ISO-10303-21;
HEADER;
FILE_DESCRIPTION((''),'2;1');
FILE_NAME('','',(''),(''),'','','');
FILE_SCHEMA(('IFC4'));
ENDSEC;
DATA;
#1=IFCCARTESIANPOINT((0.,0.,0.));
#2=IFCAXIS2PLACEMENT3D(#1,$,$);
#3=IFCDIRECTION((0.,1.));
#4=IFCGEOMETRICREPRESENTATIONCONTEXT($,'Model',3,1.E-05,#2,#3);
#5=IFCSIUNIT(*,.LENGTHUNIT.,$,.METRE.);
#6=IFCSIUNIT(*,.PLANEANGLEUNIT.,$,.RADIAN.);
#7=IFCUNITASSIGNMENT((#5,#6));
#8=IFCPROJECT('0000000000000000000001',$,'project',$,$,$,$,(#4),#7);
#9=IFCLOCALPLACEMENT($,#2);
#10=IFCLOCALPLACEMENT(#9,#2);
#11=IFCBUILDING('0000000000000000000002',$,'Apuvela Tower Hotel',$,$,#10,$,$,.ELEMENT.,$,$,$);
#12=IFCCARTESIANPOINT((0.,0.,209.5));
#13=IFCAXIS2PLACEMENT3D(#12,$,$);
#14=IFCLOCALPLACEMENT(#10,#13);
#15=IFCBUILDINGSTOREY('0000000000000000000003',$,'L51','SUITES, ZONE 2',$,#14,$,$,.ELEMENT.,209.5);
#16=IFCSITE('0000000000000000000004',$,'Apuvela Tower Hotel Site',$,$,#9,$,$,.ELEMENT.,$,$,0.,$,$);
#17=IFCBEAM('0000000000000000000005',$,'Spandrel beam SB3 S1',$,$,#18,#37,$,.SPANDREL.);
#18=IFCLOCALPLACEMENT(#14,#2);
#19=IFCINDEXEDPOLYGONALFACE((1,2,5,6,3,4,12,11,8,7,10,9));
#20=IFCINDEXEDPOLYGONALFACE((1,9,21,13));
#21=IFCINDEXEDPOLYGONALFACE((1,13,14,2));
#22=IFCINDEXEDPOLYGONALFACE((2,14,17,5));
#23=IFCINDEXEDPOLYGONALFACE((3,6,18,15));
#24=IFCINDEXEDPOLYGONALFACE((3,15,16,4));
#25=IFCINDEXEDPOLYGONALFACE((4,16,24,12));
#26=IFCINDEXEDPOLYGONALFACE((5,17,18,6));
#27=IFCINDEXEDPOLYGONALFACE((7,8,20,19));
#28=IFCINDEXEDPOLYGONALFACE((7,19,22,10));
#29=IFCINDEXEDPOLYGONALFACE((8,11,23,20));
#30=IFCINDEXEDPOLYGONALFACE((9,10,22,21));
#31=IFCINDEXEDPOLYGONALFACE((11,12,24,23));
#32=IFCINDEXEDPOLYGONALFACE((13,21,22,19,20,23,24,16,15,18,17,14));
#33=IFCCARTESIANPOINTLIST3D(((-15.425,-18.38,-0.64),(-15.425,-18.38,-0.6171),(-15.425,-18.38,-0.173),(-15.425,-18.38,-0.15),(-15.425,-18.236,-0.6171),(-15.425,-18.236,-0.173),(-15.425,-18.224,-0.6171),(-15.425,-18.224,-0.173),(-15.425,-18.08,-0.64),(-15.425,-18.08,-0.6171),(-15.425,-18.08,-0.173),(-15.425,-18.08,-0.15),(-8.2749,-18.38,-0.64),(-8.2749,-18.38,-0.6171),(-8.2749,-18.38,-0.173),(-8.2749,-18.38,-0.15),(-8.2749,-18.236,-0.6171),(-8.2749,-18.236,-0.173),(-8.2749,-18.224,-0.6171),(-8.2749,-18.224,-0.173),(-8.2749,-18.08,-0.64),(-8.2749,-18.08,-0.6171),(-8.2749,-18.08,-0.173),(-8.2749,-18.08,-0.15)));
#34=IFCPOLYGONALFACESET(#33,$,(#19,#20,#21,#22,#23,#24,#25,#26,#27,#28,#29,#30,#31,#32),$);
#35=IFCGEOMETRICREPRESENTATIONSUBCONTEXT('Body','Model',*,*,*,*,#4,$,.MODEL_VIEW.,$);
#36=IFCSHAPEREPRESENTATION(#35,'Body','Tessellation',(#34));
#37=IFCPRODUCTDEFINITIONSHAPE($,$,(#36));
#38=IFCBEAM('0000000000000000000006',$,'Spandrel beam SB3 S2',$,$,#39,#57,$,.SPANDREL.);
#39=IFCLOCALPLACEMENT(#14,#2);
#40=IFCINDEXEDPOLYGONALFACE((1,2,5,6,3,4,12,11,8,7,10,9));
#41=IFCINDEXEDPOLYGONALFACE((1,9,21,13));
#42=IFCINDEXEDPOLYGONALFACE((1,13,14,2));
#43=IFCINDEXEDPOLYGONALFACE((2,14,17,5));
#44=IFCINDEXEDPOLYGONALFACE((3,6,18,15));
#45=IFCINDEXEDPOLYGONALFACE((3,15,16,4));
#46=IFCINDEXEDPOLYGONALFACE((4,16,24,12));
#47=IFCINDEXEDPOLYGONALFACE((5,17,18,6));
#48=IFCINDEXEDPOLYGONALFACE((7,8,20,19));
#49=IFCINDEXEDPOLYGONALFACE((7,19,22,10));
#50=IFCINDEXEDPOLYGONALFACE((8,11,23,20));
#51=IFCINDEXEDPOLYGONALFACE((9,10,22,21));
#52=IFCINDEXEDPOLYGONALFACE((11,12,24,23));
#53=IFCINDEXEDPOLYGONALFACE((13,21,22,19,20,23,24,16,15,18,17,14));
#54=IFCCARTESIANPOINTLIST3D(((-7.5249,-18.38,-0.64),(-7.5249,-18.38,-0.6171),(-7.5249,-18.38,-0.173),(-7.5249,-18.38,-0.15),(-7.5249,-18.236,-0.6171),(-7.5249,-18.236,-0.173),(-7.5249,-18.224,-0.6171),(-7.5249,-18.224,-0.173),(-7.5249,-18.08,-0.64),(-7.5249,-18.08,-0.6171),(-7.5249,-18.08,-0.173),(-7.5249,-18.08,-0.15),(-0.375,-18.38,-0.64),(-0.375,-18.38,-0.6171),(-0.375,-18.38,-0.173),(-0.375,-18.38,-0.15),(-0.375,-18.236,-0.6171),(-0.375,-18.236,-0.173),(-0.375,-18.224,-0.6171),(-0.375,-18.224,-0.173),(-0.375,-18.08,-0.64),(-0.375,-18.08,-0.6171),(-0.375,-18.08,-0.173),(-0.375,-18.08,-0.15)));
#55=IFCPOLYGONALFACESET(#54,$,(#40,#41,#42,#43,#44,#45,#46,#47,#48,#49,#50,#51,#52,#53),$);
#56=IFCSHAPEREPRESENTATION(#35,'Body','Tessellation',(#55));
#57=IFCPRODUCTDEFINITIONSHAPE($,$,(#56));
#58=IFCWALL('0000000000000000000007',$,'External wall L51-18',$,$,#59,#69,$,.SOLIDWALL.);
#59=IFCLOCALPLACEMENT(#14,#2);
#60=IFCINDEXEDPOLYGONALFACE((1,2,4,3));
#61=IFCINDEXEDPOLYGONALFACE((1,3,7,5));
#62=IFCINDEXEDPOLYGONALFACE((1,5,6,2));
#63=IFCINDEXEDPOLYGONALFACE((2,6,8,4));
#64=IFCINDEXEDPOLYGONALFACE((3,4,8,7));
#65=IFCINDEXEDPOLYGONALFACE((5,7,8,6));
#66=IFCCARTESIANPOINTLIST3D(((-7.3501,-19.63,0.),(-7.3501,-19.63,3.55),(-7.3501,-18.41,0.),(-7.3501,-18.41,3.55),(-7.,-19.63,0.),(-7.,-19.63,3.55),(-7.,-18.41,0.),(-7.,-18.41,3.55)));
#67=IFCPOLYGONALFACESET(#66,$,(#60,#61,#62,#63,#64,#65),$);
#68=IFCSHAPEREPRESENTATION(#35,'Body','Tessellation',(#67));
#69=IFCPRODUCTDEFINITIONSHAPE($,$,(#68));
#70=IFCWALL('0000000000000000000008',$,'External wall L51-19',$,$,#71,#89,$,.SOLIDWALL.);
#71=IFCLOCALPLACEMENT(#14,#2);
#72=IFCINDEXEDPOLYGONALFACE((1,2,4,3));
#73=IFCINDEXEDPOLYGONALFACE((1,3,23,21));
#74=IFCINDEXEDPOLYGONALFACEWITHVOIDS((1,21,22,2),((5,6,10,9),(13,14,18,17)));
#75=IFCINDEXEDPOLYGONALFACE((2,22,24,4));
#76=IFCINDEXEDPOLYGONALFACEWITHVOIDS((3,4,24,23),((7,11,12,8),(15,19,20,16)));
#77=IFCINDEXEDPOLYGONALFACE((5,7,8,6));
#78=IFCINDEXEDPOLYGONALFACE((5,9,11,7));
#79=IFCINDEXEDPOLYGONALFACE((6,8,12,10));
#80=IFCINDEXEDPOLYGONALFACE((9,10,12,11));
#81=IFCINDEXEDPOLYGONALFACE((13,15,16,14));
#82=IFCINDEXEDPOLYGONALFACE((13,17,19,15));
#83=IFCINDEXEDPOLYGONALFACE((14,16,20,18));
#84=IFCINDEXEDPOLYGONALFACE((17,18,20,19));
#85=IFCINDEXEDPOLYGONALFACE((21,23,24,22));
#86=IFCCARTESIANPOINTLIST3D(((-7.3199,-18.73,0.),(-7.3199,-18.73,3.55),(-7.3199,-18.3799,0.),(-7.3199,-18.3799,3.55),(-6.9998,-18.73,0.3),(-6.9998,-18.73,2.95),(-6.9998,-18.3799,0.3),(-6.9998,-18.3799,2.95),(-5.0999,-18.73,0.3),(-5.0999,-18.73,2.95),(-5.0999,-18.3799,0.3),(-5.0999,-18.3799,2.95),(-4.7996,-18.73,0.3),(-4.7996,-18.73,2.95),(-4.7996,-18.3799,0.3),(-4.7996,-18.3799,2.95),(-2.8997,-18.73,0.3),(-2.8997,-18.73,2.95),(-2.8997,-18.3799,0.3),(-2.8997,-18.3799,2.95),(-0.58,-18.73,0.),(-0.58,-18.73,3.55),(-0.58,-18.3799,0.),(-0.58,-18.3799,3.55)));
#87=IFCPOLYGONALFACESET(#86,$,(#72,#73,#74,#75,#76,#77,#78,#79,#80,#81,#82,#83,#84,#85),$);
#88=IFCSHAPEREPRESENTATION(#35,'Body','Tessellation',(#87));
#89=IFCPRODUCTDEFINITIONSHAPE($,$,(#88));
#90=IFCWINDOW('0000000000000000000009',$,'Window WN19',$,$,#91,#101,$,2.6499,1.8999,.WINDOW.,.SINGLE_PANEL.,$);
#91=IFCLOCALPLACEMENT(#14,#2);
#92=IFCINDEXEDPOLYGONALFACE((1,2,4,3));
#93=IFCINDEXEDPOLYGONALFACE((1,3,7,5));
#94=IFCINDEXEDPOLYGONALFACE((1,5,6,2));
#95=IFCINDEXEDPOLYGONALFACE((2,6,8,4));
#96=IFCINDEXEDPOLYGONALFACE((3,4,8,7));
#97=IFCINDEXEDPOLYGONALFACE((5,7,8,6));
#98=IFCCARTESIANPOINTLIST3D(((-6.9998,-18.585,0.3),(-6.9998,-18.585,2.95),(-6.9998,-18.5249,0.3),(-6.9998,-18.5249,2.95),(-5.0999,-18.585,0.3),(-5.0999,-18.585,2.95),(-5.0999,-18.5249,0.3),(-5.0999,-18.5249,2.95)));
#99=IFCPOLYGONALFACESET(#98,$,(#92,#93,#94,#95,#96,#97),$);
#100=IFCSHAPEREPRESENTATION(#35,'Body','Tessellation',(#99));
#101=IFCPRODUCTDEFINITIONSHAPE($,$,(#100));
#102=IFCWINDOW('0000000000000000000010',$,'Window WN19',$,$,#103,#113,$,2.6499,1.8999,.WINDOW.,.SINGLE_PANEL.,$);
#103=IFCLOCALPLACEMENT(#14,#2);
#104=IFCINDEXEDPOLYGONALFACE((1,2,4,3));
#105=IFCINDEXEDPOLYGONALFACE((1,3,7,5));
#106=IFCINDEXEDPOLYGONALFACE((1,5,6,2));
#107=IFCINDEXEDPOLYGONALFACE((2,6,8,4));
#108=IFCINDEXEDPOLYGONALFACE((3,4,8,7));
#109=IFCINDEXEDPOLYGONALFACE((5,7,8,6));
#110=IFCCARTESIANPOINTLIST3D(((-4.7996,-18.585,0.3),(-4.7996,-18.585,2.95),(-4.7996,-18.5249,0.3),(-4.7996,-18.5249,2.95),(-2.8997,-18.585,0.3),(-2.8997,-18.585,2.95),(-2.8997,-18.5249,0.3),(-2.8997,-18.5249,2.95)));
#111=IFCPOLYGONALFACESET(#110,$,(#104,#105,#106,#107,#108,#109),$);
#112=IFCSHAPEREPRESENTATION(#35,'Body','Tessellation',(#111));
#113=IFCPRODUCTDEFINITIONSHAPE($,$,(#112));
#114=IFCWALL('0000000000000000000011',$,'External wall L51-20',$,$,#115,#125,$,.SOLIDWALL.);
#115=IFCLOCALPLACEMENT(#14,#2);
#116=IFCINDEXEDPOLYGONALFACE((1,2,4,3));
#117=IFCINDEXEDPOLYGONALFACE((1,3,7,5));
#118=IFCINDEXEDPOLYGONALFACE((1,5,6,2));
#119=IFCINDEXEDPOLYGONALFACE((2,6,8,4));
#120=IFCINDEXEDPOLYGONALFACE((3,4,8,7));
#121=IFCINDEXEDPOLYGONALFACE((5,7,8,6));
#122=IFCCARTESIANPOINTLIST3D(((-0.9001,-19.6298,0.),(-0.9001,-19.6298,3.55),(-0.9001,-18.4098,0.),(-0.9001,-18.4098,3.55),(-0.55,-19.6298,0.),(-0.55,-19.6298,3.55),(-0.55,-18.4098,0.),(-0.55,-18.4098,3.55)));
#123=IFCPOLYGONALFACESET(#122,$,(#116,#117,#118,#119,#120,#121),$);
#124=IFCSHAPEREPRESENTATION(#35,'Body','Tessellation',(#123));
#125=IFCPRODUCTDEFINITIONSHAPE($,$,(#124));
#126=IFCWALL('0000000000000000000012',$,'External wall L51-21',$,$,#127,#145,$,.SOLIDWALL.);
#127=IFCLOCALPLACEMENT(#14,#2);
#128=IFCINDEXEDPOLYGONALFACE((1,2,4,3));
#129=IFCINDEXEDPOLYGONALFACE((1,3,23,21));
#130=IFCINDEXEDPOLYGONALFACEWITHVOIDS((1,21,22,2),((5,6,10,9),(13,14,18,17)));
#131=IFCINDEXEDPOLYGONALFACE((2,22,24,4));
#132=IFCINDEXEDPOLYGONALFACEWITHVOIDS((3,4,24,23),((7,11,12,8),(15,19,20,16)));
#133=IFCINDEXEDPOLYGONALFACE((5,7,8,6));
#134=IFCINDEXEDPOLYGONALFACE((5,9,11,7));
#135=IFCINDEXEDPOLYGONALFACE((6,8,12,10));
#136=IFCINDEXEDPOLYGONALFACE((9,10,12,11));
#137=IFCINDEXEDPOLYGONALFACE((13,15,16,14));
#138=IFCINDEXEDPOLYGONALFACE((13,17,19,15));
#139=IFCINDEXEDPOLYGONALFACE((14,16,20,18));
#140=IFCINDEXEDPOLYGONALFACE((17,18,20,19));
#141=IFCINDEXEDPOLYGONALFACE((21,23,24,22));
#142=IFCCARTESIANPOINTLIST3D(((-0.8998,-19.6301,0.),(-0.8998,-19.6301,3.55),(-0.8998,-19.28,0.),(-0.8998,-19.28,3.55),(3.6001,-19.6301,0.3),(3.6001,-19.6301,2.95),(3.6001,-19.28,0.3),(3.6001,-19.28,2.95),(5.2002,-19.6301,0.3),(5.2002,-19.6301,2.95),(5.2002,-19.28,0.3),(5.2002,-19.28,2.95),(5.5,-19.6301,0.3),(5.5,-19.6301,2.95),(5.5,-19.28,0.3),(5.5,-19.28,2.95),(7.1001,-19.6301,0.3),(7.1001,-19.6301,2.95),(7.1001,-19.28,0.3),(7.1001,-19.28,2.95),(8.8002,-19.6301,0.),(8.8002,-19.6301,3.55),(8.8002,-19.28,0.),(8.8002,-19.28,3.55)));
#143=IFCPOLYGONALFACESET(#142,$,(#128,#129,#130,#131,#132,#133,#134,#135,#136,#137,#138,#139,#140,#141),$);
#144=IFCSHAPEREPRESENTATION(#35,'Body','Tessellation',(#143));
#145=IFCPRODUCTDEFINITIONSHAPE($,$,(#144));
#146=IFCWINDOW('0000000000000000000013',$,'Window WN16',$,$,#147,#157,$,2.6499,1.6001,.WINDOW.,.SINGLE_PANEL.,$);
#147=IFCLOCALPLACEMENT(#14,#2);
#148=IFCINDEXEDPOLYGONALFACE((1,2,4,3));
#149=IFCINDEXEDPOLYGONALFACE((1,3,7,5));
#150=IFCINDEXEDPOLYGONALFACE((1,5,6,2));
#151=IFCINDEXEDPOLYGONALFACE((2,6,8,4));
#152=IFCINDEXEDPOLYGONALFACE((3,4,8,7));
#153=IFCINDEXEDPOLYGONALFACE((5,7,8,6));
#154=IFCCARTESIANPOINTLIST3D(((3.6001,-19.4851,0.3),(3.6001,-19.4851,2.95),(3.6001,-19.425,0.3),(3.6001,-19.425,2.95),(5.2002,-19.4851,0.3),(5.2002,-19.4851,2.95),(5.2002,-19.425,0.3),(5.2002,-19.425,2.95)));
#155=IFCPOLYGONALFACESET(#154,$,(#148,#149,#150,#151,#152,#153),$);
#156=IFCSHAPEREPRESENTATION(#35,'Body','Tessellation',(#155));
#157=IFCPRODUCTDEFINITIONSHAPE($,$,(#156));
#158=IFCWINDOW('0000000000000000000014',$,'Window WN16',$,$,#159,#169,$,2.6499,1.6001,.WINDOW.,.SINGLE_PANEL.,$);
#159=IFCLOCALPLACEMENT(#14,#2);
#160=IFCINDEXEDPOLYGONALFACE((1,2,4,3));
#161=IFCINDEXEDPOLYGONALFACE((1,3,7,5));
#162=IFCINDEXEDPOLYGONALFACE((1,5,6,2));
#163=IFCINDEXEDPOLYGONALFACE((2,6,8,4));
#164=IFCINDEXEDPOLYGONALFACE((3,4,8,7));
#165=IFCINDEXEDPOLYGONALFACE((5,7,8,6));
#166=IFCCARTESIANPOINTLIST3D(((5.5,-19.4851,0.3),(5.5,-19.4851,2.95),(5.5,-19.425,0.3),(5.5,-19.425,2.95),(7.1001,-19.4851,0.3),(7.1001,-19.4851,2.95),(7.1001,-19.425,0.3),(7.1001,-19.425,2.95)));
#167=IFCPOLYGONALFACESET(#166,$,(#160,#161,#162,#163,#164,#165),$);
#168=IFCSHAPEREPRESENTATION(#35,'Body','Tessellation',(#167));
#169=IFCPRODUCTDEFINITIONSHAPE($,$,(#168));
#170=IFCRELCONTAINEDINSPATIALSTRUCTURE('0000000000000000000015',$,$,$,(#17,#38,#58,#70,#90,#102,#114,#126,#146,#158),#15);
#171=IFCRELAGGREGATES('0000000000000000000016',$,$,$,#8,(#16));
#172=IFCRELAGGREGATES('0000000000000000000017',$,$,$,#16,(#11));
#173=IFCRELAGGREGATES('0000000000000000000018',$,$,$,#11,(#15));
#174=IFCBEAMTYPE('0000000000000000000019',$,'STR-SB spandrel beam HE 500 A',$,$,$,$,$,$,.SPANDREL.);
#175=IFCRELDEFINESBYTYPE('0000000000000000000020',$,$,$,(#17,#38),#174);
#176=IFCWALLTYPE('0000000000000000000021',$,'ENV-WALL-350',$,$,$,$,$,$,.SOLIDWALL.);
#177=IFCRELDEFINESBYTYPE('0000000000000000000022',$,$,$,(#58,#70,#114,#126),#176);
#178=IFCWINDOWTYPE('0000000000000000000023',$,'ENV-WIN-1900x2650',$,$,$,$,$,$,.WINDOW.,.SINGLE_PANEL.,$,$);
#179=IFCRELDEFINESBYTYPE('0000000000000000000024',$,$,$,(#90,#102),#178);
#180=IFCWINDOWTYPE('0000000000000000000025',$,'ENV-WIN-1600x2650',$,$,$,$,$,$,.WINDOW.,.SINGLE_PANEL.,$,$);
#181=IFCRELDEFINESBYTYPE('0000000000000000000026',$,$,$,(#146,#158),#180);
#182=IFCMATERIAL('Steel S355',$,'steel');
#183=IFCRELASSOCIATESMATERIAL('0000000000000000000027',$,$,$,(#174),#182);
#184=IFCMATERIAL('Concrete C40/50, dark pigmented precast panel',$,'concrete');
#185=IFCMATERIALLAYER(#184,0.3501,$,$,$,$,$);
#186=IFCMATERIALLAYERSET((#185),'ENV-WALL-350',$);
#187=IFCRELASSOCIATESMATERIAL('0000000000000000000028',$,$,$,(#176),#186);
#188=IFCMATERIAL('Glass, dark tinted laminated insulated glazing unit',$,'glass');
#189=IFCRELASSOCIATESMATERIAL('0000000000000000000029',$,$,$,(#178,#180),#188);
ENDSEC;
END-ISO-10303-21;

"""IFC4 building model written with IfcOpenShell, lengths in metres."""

from ifc_helpers import new_model, si_unit, direction, frame, frame_2d, origin, origin_2d, place, context, subcontext, project, spatial, rectangle, i_section, extrude, material, layer, layer_set, material_profile, profile_set, type_object, element, fill, save


model = new_model("IFC4")

# Units and contexts
model_context = context("Model", 3, precision=1e-05, world=origin(), true_north=direction((0.0, 1.0)))
body_context = subcontext(model_context, "Body", "Model", "MODEL_VIEW")
ifc_project = project(units=[si_unit("LENGTHUNIT", "METRE"), si_unit("PLANEANGLEUNIT", "RADIAN")], contexts=[model_context])

# Site, building, storey
site_placement = place(None, origin())
site = spatial("IfcSite", under=ifc_project, at=site_placement, Name="Apuvela Tower Hotel Site", CompositionType="ELEMENT", RefElevation=0.0)
building_placement = place(site_placement, origin())
building = spatial("IfcBuilding", under=site, at=building_placement, Name="Apuvela Tower Hotel", CompositionType="ELEMENT")
storey_placement = place(building_placement, frame((0.0, 0.0, 209.5)))
storey = spatial("IfcBuildingStorey", under=building, at=storey_placement, Name="L51", Description="SUITES, ZONE 2", CompositionType="ELEMENT", Elevation=209.5)

# Beams
ifc_material_1 = material(Name="Steel S355", Category="steel")
ifc_material_profile_1 = material_profile(ifc_material_1, i_section(OverallWidth=0.3, OverallDepth=0.49, WebThickness=0.012, FlangeThickness=0.0229, at=origin_2d()), Name="HE 500 A")
ifc_profile_set_1 = profile_set([ifc_material_profile_1], Name="Steel S355")
beam_type_1 = type_object("IfcBeamType", Name="STR-SB spandrel beam HE 500 A", PredefinedType="SPANDREL", material=ifc_profile_set_1)
beam_1_placement = place(storey_placement, frame((-15.425, -18.23, -0.395), z_axis=(1.0, 0.0, 0.0), x_axis=(0.0, 1.0, 0.0)))
element("IfcBeam", 1, at=beam_1_placement, inside=storey, type_object=beam_type_1, Name="Spandrel beam SB3 S1", PredefinedType="SPANDREL", context=body_context, shape_type="SweptSolid", body=[
    extrude(i_section(OverallWidth=0.3, OverallDepth=0.49, WebThickness=0.012, FlangeThickness=0.0229, at=origin_2d()), origin(), (0.0, 0.0, 1.0), 7.1501),
])
beam_2_placement = place(storey_placement, frame((-7.5249, -18.23, -0.395), z_axis=(1.0, 0.0, 0.0), x_axis=(0.0, 1.0, 0.0)))
element("IfcBeam", 2, at=beam_2_placement, inside=storey, type_object=beam_type_1, Name="Spandrel beam SB3 S2", PredefinedType="SPANDREL", context=body_context, shape_type="SweptSolid", body=[
    extrude(i_section(OverallWidth=0.3, OverallDepth=0.49, WebThickness=0.012, FlangeThickness=0.0229, at=origin_2d()), origin(), (0.0, 0.0, 1.0), 7.1499),
])

# Wall
ifc_material_2 = material(Name="Concrete C40/50, dark pigmented precast panel", Category="concrete")
ifc_layer_1 = layer(ifc_material_2, 0.3501)
ifc_layer_set_1 = layer_set([ifc_layer_1], Name="ENV-WALL-350")
wall_type_1 = type_object("IfcWallType", Name="ENV-WALL-350", PredefinedType="SOLIDWALL", material=ifc_layer_set_1)
wall_1_placement = place(storey_placement, frame((-7.175, -19.6299, 0.0), z_axis=(0.0, 0.0, 1.0), x_axis=(0.0, 1.0, 0.0)))
element("IfcWall", 3, at=wall_1_placement, inside=storey, type_object=wall_type_1, Name="External wall L51-18", PredefinedType="SOLIDWALL", context=body_context, shape_type="SweptSolid", body=[
    extrude(rectangle(XDim=1.22, YDim=0.3501, at=frame_2d((0.6099, 0.0))), origin(), (0.0, 0.0, 1.0), 3.55),
])

# Wall, openings, windows
wall_2_placement = place(storey_placement, frame((-7.3201, -18.5549, 0.0), z_axis=(0.0, 0.0, 1.0), x_axis=(1.0, 0.0, 0.0)))
wall_2 = element("IfcWall", 4, at=wall_2_placement, inside=storey, type_object=wall_type_1, Name="External wall L51-19", PredefinedType="SOLIDWALL", context=body_context, shape_type="SweptSolid", body=[
    extrude(rectangle(XDim=6.74, YDim=0.3501, at=frame_2d((3.3701, 0.0))), origin(), (0.0, 0.0, 1.0), 3.55),
])
opening_1_placement = place(wall_2_placement, frame((0.3203, 0.0, 0.3)))
opening_1 = element("IfcOpeningElement", 5, at=opening_1_placement, cuts=wall_2, PredefinedType="OPENING", context=body_context, shape_type="SweptSolid", body=[
    extrude(rectangle(XDim=1.8999, YDim=2.6499, at=frame_2d((0.95, 1.325))), frame((0.0, 0.1851, 0.0), z_axis=(0.0, -1.0, 0.0), x_axis=(1.0, 0.0, 0.0)), (0.0, 0.0, 1.0), 0.3701),
])
opening_2_placement = place(wall_2_placement, frame((2.5205, 0.0, 0.3)))
opening_2 = element("IfcOpeningElement", 6, at=opening_2_placement, cuts=wall_2, PredefinedType="OPENING", context=body_context, shape_type="SweptSolid", body=[
    extrude(rectangle(XDim=1.8999, YDim=2.6499, at=frame_2d((0.95, 1.325))), frame((0.0, 0.1851, 0.0), z_axis=(0.0, -1.0, 0.0), x_axis=(1.0, 0.0, 0.0)), (0.0, 0.0, 1.0), 0.3701),
])
ifc_material_3 = material(Name="Glass, dark tinted laminated insulated glazing unit", Category="glass")
window_type_1 = type_object("IfcWindowType", Name="ENV-WIN-1900x2650", PartitioningType="SINGLE_PANEL", PredefinedType="WINDOW", material=ifc_material_3)
window_1_placement = place(opening_1_placement, origin())
window_1 = element("IfcWindow", 7, at=window_1_placement, inside=storey, type_object=window_type_1, Name="Window WN19", OverallHeight=2.6499, OverallWidth=1.8999, PartitioningType="SINGLE_PANEL", PredefinedType="WINDOW", context=body_context, shape_type="SweptSolid", body=[
    extrude(rectangle(XDim=1.8999, YDim=2.6499, at=frame_2d((0.95, 1.325))), frame((0.0, 0.03, 0.0), z_axis=(0.0, -1.0, 0.0), x_axis=(1.0, 0.0, 0.0)), (0.0, 0.0, 1.0), 0.0601),
])
fill(opening_1, window_1)
window_2_placement = place(opening_2_placement, origin())
window_2 = element("IfcWindow", 8, at=window_2_placement, inside=storey, type_object=window_type_1, Name="Window WN19", OverallHeight=2.6499, OverallWidth=1.8999, PartitioningType="SINGLE_PANEL", PredefinedType="WINDOW", context=body_context, shape_type="SweptSolid", body=[
    extrude(rectangle(XDim=1.8999, YDim=2.6499, at=frame_2d((0.95, 1.325))), frame((0.0, 0.03, 0.0), z_axis=(0.0, -1.0, 0.0), x_axis=(1.0, 0.0, 0.0)), (0.0, 0.0, 1.0), 0.0601),
])
fill(opening_2, window_2)

# Wall
wall_3_placement = place(storey_placement, frame((-0.7251, -18.4099, 0.0), z_axis=(0.0, 0.0, 1.0), x_axis=(0.0, -1.0, 0.0)))
element("IfcWall", 9, at=wall_3_placement, inside=storey, type_object=wall_type_1, Name="External wall L51-20", PredefinedType="SOLIDWALL", context=body_context, shape_type="SweptSolid", body=[
    extrude(rectangle(XDim=1.22, YDim=0.3501, at=frame_2d((0.6099, 0.0))), origin(), (0.0, 0.0, 1.0), 3.55),
])

# Wall, openings, windows
wall_4_placement = place(storey_placement, frame((-0.8999, -19.4551, 0.0), z_axis=(0.0, 0.0, 1.0), x_axis=(1.0, 0.0, 0.0)))
wall_4 = element("IfcWall", 10, at=wall_4_placement, inside=storey, type_object=wall_type_1, Name="External wall L51-21", PredefinedType="SOLIDWALL", context=body_context, shape_type="SweptSolid", body=[
    extrude(rectangle(XDim=9.7, YDim=0.3501, at=frame_2d((4.8501, 0.0))), origin(), (0.0, 0.0, 1.0), 3.55),
])
opening_3_placement = place(wall_4_placement, frame((4.5, 0.0, 0.3)))
opening_3 = element("IfcOpeningElement", 11, at=opening_3_placement, cuts=wall_4, PredefinedType="OPENING", context=body_context, shape_type="SweptSolid", body=[
    extrude(rectangle(XDim=1.6001, YDim=2.6499, at=frame_2d((0.8, 1.325))), frame((0.0, 0.1851, 0.0), z_axis=(0.0, -1.0, 0.0), x_axis=(1.0, 0.0, 0.0)), (0.0, 0.0, 1.0), 0.3701),
])
opening_4_placement = place(wall_4_placement, frame((6.3999, 0.0, 0.3)))
opening_4 = element("IfcOpeningElement", 12, at=opening_4_placement, cuts=wall_4, PredefinedType="OPENING", context=body_context, shape_type="SweptSolid", body=[
    extrude(rectangle(XDim=1.6001, YDim=2.6499, at=frame_2d((0.8, 1.325))), frame((0.0, 0.1851, 0.0), z_axis=(0.0, -1.0, 0.0), x_axis=(1.0, 0.0, 0.0)), (0.0, 0.0, 1.0), 0.3701),
])
window_type_2 = type_object("IfcWindowType", Name="ENV-WIN-1600x2650", PartitioningType="SINGLE_PANEL", PredefinedType="WINDOW", material=ifc_material_3)
window_3_placement = place(opening_3_placement, origin())
window_3 = element("IfcWindow", 13, at=window_3_placement, inside=storey, type_object=window_type_2, Name="Window WN16", OverallHeight=2.6499, OverallWidth=1.6001, PartitioningType="SINGLE_PANEL", PredefinedType="WINDOW", context=body_context, shape_type="SweptSolid", body=[
    extrude(rectangle(XDim=1.6001, YDim=2.6499, at=frame_2d((0.8, 1.325))), frame((0.0, 0.03, 0.0), z_axis=(0.0, -1.0, 0.0), x_axis=(1.0, 0.0, 0.0)), (0.0, 0.0, 1.0), 0.0601),
])
fill(opening_3, window_3)
window_4_placement = place(opening_4_placement, origin())
window_4 = element("IfcWindow", 14, at=window_4_placement, inside=storey, type_object=window_type_2, Name="Window WN16", OverallHeight=2.6499, OverallWidth=1.6001, PartitioningType="SINGLE_PANEL", PredefinedType="WINDOW", context=body_context, shape_type="SweptSolid", body=[
    extrude(rectangle(XDim=1.6001, YDim=2.6499, at=frame_2d((0.8, 1.325))), frame((0.0, 0.03, 0.0), z_axis=(0.0, -1.0, 0.0), x_axis=(1.0, 0.0, 0.0)), (0.0, 0.0, 1.0), 0.0601),
])
fill(opening_4, window_4)

save(model, "model.ifc")
